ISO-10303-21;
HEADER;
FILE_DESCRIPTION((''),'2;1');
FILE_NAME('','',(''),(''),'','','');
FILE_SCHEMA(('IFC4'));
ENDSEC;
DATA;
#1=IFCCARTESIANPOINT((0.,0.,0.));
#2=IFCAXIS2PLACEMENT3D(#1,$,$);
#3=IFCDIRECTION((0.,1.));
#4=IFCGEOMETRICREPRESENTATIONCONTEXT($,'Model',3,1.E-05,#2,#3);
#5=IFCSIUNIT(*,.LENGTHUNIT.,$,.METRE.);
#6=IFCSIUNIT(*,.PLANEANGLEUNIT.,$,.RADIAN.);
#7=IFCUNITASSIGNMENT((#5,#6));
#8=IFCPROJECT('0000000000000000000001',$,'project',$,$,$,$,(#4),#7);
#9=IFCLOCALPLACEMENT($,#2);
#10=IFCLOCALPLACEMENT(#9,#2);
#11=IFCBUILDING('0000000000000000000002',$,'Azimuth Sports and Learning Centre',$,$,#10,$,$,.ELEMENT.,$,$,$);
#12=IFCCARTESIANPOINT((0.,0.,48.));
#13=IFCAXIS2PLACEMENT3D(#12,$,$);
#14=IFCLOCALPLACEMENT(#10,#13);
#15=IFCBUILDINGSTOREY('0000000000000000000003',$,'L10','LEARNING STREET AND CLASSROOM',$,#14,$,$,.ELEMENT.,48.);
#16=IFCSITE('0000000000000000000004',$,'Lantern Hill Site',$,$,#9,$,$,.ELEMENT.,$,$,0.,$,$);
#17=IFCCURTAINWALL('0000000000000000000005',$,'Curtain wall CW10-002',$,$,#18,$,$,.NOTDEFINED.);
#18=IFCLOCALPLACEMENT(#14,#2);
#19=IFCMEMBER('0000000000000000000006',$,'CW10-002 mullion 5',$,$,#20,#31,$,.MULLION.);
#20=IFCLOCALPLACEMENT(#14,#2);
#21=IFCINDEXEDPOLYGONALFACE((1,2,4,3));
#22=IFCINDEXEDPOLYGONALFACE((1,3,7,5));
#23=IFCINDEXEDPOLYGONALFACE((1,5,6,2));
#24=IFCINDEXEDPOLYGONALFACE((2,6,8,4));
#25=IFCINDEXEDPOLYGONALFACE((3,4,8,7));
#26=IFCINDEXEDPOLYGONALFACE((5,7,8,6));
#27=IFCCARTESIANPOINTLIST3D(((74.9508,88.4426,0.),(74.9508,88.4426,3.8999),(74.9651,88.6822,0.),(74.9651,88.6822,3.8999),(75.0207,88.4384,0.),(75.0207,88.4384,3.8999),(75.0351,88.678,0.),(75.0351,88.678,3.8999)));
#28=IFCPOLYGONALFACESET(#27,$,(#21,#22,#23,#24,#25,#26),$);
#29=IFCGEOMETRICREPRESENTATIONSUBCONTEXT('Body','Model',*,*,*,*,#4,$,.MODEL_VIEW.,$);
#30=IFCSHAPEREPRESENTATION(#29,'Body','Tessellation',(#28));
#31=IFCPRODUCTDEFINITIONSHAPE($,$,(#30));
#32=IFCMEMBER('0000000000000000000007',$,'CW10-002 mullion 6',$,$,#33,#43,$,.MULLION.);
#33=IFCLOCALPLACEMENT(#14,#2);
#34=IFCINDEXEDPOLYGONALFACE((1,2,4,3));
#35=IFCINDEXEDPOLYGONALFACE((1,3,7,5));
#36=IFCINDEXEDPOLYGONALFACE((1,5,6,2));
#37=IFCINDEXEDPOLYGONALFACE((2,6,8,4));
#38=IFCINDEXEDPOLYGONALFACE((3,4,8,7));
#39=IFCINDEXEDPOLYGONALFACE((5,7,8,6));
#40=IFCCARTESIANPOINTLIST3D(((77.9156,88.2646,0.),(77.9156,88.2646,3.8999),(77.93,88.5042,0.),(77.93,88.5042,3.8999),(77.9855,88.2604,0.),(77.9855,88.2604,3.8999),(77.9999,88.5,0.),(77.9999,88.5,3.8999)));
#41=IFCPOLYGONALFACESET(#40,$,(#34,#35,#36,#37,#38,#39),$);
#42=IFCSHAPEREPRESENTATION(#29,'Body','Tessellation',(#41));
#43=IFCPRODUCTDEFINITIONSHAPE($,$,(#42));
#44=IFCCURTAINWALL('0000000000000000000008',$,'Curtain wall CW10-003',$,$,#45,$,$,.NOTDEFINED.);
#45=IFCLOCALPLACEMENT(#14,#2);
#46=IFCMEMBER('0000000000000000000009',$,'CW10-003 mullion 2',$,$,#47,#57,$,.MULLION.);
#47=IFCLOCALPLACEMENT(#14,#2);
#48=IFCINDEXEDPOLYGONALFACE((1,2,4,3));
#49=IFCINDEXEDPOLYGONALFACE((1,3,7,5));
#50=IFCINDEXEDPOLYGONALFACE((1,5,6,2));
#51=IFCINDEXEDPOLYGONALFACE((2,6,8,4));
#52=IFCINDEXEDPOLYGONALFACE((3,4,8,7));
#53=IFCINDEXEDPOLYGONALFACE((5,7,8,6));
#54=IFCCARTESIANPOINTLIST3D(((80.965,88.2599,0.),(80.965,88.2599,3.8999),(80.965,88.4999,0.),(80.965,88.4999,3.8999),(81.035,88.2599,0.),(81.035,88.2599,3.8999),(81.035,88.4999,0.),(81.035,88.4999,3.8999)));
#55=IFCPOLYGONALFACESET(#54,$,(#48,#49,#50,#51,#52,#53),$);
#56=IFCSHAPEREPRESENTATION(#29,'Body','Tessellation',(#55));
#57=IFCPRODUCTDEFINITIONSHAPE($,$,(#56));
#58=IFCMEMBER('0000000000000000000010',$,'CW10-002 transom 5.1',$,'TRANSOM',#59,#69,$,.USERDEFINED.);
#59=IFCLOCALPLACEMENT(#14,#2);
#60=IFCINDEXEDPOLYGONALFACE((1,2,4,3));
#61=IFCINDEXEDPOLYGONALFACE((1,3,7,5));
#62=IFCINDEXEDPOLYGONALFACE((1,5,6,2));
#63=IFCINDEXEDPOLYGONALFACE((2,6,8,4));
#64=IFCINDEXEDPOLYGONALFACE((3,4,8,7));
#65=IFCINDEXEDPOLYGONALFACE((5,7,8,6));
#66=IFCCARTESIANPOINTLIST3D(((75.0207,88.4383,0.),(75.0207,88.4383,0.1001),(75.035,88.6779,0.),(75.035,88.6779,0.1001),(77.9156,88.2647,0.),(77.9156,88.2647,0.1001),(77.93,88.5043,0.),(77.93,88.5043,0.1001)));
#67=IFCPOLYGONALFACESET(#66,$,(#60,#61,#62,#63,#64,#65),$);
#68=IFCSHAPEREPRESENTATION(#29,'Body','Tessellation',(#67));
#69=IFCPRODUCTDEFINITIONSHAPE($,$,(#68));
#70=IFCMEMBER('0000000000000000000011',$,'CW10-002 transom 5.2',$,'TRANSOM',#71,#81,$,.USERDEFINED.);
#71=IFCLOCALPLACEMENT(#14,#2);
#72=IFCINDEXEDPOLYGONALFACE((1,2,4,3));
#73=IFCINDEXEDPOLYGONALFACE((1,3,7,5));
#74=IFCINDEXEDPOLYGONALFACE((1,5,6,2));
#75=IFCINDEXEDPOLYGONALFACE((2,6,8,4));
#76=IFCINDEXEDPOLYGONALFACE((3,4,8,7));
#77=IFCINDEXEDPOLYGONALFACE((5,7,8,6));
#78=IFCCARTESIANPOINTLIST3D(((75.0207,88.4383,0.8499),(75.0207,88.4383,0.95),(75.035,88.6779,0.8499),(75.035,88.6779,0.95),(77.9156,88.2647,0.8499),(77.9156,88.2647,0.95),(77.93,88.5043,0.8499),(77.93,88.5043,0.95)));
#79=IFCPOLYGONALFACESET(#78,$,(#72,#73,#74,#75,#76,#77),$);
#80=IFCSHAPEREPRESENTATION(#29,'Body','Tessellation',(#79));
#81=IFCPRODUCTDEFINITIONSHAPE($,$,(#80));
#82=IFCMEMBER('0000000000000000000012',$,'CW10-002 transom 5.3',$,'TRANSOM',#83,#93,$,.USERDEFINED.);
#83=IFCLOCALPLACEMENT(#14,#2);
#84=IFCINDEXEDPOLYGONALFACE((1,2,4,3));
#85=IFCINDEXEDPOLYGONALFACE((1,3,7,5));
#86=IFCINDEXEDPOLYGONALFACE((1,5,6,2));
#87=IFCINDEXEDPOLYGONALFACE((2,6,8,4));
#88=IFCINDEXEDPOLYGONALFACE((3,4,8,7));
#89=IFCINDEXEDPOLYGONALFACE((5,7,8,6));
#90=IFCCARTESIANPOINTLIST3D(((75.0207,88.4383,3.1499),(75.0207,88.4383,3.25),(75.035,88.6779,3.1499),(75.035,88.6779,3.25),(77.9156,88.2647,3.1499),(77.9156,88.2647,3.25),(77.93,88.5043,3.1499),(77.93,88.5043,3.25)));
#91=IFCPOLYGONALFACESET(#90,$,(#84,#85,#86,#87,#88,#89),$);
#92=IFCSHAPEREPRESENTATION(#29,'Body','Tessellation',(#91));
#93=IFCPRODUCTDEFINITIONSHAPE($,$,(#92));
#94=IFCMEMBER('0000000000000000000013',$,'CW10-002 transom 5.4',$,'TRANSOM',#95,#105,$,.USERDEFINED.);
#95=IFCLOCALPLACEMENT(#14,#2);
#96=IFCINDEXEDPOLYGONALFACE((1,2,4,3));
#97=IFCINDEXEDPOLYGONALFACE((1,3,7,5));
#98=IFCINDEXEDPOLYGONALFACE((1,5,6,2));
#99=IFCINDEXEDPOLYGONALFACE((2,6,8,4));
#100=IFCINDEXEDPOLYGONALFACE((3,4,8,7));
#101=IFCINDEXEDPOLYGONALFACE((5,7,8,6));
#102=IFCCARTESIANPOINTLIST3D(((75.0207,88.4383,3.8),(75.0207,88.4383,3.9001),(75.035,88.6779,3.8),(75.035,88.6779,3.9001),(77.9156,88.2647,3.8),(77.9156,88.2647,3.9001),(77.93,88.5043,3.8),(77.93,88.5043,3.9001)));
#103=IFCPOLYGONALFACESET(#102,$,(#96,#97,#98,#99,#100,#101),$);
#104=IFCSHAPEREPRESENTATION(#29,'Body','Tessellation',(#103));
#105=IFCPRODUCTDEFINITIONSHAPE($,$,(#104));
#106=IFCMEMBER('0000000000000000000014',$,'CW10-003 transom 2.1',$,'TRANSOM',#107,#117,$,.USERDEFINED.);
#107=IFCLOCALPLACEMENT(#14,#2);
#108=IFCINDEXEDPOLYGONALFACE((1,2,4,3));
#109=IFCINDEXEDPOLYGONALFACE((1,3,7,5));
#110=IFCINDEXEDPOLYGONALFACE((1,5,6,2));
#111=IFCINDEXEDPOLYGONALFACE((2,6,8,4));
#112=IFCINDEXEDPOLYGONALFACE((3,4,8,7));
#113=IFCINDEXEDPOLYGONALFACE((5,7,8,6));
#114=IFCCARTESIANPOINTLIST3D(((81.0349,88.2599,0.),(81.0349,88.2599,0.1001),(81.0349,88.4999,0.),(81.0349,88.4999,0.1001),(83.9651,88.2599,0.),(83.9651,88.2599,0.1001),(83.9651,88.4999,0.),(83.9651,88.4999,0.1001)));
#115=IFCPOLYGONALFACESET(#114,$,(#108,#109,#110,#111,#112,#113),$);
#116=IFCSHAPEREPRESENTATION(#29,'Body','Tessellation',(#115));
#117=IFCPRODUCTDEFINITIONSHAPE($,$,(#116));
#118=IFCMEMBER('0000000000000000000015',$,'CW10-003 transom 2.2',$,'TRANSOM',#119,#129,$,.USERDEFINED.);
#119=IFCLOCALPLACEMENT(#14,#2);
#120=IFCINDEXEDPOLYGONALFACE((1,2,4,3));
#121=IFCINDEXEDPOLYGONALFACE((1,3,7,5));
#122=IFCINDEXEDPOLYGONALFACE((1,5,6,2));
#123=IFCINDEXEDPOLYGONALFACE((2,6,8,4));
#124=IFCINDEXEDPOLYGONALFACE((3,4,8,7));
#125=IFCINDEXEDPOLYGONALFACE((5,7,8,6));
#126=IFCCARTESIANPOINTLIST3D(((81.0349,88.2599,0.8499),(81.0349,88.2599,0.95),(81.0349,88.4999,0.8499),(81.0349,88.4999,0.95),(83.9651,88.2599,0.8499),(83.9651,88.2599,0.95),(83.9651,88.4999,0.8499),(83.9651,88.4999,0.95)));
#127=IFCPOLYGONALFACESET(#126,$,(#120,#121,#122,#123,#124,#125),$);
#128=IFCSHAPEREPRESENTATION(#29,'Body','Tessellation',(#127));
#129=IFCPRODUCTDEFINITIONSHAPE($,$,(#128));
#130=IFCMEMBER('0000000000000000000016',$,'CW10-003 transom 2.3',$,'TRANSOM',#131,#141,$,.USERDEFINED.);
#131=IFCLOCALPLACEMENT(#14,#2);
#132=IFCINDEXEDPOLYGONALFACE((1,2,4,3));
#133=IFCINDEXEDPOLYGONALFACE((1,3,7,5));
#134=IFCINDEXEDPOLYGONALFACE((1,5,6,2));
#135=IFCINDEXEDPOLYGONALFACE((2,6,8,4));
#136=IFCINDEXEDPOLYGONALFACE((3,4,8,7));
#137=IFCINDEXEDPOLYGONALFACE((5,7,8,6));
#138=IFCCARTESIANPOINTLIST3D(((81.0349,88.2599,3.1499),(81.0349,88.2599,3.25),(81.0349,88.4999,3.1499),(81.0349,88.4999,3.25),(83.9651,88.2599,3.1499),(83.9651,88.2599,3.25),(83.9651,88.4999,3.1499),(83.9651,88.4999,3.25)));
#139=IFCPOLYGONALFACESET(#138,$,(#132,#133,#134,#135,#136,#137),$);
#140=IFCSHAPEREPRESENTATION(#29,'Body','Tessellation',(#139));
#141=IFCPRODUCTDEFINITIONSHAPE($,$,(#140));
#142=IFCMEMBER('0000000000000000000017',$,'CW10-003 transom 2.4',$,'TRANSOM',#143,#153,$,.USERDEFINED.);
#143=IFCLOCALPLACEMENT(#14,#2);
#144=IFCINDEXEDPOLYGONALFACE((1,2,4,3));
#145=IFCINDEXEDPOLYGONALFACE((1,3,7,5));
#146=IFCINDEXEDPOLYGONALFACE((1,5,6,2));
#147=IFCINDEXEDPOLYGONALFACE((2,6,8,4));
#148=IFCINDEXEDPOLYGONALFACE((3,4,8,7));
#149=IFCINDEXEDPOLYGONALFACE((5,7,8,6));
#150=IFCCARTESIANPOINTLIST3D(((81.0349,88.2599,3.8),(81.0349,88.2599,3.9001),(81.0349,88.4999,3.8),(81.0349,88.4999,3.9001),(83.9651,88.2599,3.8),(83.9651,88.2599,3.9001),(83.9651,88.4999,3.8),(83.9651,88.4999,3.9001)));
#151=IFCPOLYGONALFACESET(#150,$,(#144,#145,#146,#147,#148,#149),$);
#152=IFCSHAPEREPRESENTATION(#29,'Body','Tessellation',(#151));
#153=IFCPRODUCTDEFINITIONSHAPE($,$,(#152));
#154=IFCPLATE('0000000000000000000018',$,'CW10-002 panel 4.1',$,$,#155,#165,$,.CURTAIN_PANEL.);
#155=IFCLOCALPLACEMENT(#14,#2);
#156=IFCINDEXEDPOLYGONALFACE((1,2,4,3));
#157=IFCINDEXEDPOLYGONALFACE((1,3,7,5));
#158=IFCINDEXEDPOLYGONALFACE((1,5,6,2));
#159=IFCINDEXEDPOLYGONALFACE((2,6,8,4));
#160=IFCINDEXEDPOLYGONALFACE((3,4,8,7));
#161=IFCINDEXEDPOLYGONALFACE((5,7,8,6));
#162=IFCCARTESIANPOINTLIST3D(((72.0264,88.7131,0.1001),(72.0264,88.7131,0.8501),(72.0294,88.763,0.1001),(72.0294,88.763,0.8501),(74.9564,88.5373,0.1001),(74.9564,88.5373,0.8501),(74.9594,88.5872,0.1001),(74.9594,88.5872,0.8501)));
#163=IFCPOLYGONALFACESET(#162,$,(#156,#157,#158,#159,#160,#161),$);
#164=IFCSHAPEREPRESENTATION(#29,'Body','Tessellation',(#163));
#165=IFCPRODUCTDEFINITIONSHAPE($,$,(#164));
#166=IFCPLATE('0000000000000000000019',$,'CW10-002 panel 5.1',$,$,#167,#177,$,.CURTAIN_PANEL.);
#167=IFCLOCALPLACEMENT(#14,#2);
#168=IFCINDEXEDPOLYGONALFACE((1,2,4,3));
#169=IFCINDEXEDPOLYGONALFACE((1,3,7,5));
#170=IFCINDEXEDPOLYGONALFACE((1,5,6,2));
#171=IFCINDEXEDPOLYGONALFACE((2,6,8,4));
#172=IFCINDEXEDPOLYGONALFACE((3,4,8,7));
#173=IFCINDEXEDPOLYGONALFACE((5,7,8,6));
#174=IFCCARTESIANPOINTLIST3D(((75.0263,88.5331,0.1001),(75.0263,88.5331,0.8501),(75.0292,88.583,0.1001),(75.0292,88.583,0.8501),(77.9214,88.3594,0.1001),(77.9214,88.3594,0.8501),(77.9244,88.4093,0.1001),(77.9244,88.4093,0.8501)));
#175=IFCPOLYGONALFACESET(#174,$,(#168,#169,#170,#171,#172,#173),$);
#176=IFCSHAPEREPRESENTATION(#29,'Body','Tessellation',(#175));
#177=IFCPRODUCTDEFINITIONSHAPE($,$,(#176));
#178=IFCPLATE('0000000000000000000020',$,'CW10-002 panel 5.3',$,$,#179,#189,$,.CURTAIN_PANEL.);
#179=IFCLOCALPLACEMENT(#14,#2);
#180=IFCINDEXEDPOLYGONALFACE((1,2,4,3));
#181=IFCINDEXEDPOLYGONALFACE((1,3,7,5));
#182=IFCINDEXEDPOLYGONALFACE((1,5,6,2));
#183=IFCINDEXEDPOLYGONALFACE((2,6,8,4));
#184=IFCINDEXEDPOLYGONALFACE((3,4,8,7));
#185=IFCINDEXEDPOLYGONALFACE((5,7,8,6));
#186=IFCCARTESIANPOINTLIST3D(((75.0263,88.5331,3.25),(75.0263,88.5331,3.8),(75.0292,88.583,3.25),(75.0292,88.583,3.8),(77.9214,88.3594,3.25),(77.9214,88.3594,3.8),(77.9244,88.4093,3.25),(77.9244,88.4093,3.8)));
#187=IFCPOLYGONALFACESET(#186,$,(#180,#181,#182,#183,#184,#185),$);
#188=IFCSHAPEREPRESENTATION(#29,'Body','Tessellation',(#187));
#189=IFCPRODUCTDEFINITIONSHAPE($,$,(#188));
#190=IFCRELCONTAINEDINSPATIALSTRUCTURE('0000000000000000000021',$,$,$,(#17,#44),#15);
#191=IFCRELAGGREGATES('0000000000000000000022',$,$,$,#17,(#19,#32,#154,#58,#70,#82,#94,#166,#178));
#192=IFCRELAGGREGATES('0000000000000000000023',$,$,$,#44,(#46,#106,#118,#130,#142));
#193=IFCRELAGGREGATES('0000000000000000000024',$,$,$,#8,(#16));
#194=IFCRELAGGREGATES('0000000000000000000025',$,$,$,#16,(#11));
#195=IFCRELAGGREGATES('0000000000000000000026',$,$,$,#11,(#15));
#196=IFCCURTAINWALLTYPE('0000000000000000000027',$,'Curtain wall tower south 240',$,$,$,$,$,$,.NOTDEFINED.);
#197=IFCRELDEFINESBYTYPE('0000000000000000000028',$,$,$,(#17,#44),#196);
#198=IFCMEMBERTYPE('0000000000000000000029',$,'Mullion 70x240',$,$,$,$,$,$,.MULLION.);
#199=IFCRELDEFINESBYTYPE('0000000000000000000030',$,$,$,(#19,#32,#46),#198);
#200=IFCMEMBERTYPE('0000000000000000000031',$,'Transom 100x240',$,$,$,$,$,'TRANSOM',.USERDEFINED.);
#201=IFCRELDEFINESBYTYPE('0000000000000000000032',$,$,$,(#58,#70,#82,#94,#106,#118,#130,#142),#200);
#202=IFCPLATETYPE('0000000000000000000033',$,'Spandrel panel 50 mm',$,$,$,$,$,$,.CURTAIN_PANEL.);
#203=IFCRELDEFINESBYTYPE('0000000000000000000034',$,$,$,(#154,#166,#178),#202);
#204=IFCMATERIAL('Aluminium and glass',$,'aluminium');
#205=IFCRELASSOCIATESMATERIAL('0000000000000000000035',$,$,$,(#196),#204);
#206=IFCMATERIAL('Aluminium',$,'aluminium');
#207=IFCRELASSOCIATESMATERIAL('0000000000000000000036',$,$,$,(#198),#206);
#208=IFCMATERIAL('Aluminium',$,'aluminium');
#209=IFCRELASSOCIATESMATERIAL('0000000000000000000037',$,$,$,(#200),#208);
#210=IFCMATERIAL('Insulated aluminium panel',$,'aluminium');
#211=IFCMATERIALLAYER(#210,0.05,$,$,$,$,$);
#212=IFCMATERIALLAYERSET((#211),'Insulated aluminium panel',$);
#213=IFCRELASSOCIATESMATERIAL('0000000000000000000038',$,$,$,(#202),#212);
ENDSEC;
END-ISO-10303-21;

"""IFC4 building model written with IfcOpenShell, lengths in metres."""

from ifc_helpers import new_model, si_unit, direction, frame, origin, origin_2d, place, context, subcontext, project, spatial, rectangle, extrude, material, layer, layer_set, material_profile, profile_set, type_object, element, aggregate, save


model = new_model("IFC4")

# Units and contexts
model_context = context("Model", 3, precision=1e-05, world=origin(), true_north=direction((0.0, 1.0)))
body_context = subcontext(model_context, "Body", "Model", "MODEL_VIEW")
ifc_project = project(units=[si_unit("LENGTHUNIT", "METRE"), si_unit("PLANEANGLEUNIT", "RADIAN")], contexts=[model_context])

# Site, building, storey
site_placement = place(None, origin())
site = spatial("IfcSite", under=ifc_project, at=site_placement, Name="Lantern Hill Site", CompositionType="ELEMENT", RefElevation=0.0)
building_placement = place(site_placement, origin())
building = spatial("IfcBuilding", under=site, at=building_placement, Name="Azimuth Sports and Learning Centre", CompositionType="ELEMENT")
storey_placement = place(building_placement, frame((0.0, 0.0, 48.0)))
storey = spatial("IfcBuildingStorey", under=building, at=storey_placement, Name="L10", Description="LEARNING STREET AND CLASSROOM", CompositionType="ELEMENT", Elevation=48.0)

# Curtain wall, members
ifc_material_1 = material(Name="Aluminium and glass", Category="aluminium")
curtain_wall_type = type_object("IfcCurtainWallType", Name="Curtain wall tower south 240", PredefinedType="NOTDEFINED", material=ifc_material_1)
curtain_wall_1_placement = place(storey_placement, origin())
curtain_wall_1 = element("IfcCurtainWall", 1, at=curtain_wall_1_placement, inside=storey, type_object=curtain_wall_type, Name="Curtain wall CW10-002", PredefinedType="NOTDEFINED")
ifc_material_2 = material(Name="Aluminium", Category="aluminium")
ifc_material_profile_1 = material_profile(ifc_material_2, rectangle(XDim=0.24, YDim=0.0701, at=origin_2d()), Name="Mullion 70x240")
ifc_profile_set_1 = profile_set([ifc_material_profile_1], Name="Aluminium")
member_type_1 = type_object("IfcMemberType", Name="Mullion 70x240", PredefinedType="MULLION", material=ifc_profile_set_1)
member_1_placement = place(storey_placement, frame((74.9929, 88.5603, 0.0), z_axis=(0.0, 0.0, 1.0), x_axis=(0.059892, 0.998205, 0.0)))
member_1 = element("IfcMember", 2, at=member_1_placement, type_object=member_type_1, Name="CW10-002 mullion 5", PredefinedType="MULLION", context=body_context, shape_type="SweptSolid", body=[
    extrude(rectangle(XDim=0.24, YDim=0.0701, at=origin_2d()), origin(), (0.0, 0.0, 1.0), 3.8999),
])
member_2_placement = place(storey_placement, frame((77.9578, 88.3823, 0.0), z_axis=(0.0, 0.0, 1.0), x_axis=(0.059892, 0.998205, 0.0)))
member_2 = element("IfcMember", 3, at=member_2_placement, type_object=member_type_1, Name="CW10-002 mullion 6", PredefinedType="MULLION", context=body_context, shape_type="SweptSolid", body=[
    extrude(rectangle(XDim=0.24, YDim=0.0701, at=origin_2d()), origin(), (0.0, 0.0, 1.0), 3.8999),
])

# Curtain wall, member
curtain_wall_2_placement = place(storey_placement, origin())
curtain_wall_2 = element("IfcCurtainWall", 4, at=curtain_wall_2_placement, inside=storey, type_object=curtain_wall_type, Name="Curtain wall CW10-003", PredefinedType="NOTDEFINED")
member_3_placement = place(storey_placement, frame((81.0, 88.3799, 0.0), z_axis=(0.0, 0.0, 1.0), x_axis=(0.0, 1.0, 0.0)))
member_3 = element("IfcMember", 5, at=member_3_placement, type_object=member_type_1, Name="CW10-003 mullion 2", PredefinedType="MULLION", context=body_context, shape_type="SweptSolid", body=[
    extrude(rectangle(XDim=0.24, YDim=0.0701, at=origin_2d()), origin(), (0.0, 0.0, 1.0), 3.8999),
])

# Members
ifc_material_3 = material(Name="Aluminium", Category="aluminium")
ifc_material_profile_2 = material_profile(ifc_material_3, rectangle(XDim=0.24, YDim=0.1001, at=origin_2d()), Name="Transom 100x240")
ifc_profile_set_2 = profile_set([ifc_material_profile_2], Name="Aluminium")
member_type_2 = type_object("IfcMemberType", Name="Transom 100x240", ElementType="TRANSOM", PredefinedType="USERDEFINED", material=ifc_profile_set_2)
member_4_placement = place(storey_placement, frame((75.0278, 88.5581, 0.05), z_axis=(0.998207, -0.059852, 0.0), x_axis=(0.059852, 0.998207, 0.0)))
member_4 = element("IfcMember", 6, at=member_4_placement, type_object=member_type_2, Name="CW10-002 transom 5.1", ObjectType="TRANSOM", PredefinedType="USERDEFINED", context=body_context, shape_type="SweptSolid", body=[
    extrude(rectangle(XDim=0.24, YDim=0.1001, at=origin_2d()), origin(), (0.0, 0.0, 1.0), 2.9001),
])
member_5_placement = place(storey_placement, frame((75.0278, 88.5581, 0.8999), z_axis=(0.998207, -0.059852, 0.0), x_axis=(0.059852, 0.998207, 0.0)))
member_5 = element("IfcMember", 7, at=member_5_placement, type_object=member_type_2, Name="CW10-002 transom 5.2", ObjectType="TRANSOM", PredefinedType="USERDEFINED", context=body_context, shape_type="SweptSolid", body=[
    extrude(rectangle(XDim=0.24, YDim=0.1001, at=origin_2d()), origin(), (0.0, 0.0, 1.0), 2.9001),
])
member_6_placement = place(storey_placement, frame((75.0278, 88.5581, 3.2), z_axis=(0.998207, -0.059852, 0.0), x_axis=(0.059852, 0.998207, 0.0)))
member_6 = element("IfcMember", 8, at=member_6_placement, type_object=member_type_2, Name="CW10-002 transom 5.3", ObjectType="TRANSOM", PredefinedType="USERDEFINED", context=body_context, shape_type="SweptSolid", body=[
    extrude(rectangle(XDim=0.24, YDim=0.1001, at=origin_2d()), origin(), (0.0, 0.0, 1.0), 2.9001),
])
member_7_placement = place(storey_placement, frame((75.0278, 88.5581, 3.8501), z_axis=(0.998207, -0.059852, 0.0), x_axis=(0.059852, 0.998207, 0.0)))
member_7 = element("IfcMember", 9, at=member_7_placement, type_object=member_type_2, Name="CW10-002 transom 5.4", ObjectType="TRANSOM", PredefinedType="USERDEFINED", context=body_context, shape_type="SweptSolid", body=[
    extrude(rectangle(XDim=0.24, YDim=0.1001, at=origin_2d()), origin(), (0.0, 0.0, 1.0), 2.9001),
])
member_8_placement = place(storey_placement, frame((81.0349, 88.3799, 0.05), z_axis=(1.0, 0.0, 0.0), x_axis=(0.0, 1.0, 0.0)))
member_8 = element("IfcMember", 10, at=member_8_placement, type_object=member_type_2, Name="CW10-003 transom 2.1", ObjectType="TRANSOM", PredefinedType="USERDEFINED", context=body_context, shape_type="SweptSolid", body=[
    extrude(rectangle(XDim=0.24, YDim=0.1001, at=origin_2d()), origin(), (0.0, 0.0, 1.0), 2.9302),
])
member_9_placement = place(storey_placement, frame((81.0349, 88.3799, 0.8999), z_axis=(1.0, 0.0, 0.0), x_axis=(0.0, 1.0, 0.0)))
member_9 = element("IfcMember", 11, at=member_9_placement, type_object=member_type_2, Name="CW10-003 transom 2.2", ObjectType="TRANSOM", PredefinedType="USERDEFINED", context=body_context, shape_type="SweptSolid", body=[
    extrude(rectangle(XDim=0.24, YDim=0.1001, at=origin_2d()), origin(), (0.0, 0.0, 1.0), 2.9302),
])
member_10_placement = place(storey_placement, frame((81.0349, 88.3799, 3.2), z_axis=(1.0, 0.0, 0.0), x_axis=(0.0, 1.0, 0.0)))
member_10 = element("IfcMember", 12, at=member_10_placement, type_object=member_type_2, Name="CW10-003 transom 2.3", ObjectType="TRANSOM", PredefinedType="USERDEFINED", context=body_context, shape_type="SweptSolid", body=[
    extrude(rectangle(XDim=0.24, YDim=0.1001, at=origin_2d()), origin(), (0.0, 0.0, 1.0), 2.9302),
])
member_11_placement = place(storey_placement, frame((81.0349, 88.3799, 3.8501), z_axis=(1.0, 0.0, 0.0), x_axis=(0.0, 1.0, 0.0)))
member_11 = element("IfcMember", 13, at=member_11_placement, type_object=member_type_2, Name="CW10-003 transom 2.4", ObjectType="TRANSOM", PredefinedType="USERDEFINED", context=body_context, shape_type="SweptSolid", body=[
    extrude(rectangle(XDim=0.24, YDim=0.1001, at=origin_2d()), origin(), (0.0, 0.0, 1.0), 2.9302),
])

# Plates
ifc_material_4 = material(Name="Insulated aluminium panel", Category="aluminium")
ifc_layer_1 = layer(ifc_material_4, 0.05)
ifc_layer_set_1 = layer_set([ifc_layer_1], Name="Insulated aluminium panel")
plate_type_1 = type_object("IfcPlateType", Name="Spandrel panel 50 mm", PredefinedType="CURTAIN_PANEL", material=ifc_layer_set_1)
plate_1_placement = place(storey_placement, frame((73.4929, 88.6501, 0.1001), z_axis=(0.0, 0.0, 1.0), x_axis=(0.998205, -0.059892, 0.0)))
plate_1 = element("IfcPlate", 14, at=plate_1_placement, type_object=plate_type_1, Name="CW10-002 panel 4.1", PredefinedType="CURTAIN_PANEL", context=body_context, shape_type="SweptSolid", body=[
    extrude(rectangle(XDim=2.9353, YDim=0.05, at=origin_2d()), origin(), (0.0, 0.0, 1.0), 0.75),
])
plate_2_placement = place(storey_placement, frame((76.4753, 88.4712, 0.1001), z_axis=(0.0, 0.0, 1.0), x_axis=(0.998205, -0.059892, 0.0)))
plate_2 = element("IfcPlate", 15, at=plate_2_placement, type_object=plate_type_1, Name="CW10-002 panel 5.1", PredefinedType="CURTAIN_PANEL", context=body_context, shape_type="SweptSolid", body=[
    extrude(rectangle(XDim=2.9004, YDim=0.05, at=origin_2d()), origin(), (0.0, 0.0, 1.0), 0.75),
])
plate_3_placement = place(storey_placement, frame((76.4753, 88.4712, 3.25), z_axis=(0.0, 0.0, 1.0), x_axis=(0.998205, -0.059892, 0.0)))
plate_3 = element("IfcPlate", 16, at=plate_3_placement, type_object=plate_type_1, Name="CW10-002 panel 5.3", PredefinedType="CURTAIN_PANEL", context=body_context, shape_type="SweptSolid", body=[
    extrude(rectangle(XDim=2.9004, YDim=0.05, at=origin_2d()), origin(), (0.0, 0.0, 1.0), 0.55),
])
aggregate(curtain_wall_1, [member_1, member_2, plate_1, member_4, member_5, member_6, member_7, plate_2, plate_3])
aggregate(curtain_wall_2, [member_3, member_8, member_9, member_10, member_11])

save(model, "model.ifc")
